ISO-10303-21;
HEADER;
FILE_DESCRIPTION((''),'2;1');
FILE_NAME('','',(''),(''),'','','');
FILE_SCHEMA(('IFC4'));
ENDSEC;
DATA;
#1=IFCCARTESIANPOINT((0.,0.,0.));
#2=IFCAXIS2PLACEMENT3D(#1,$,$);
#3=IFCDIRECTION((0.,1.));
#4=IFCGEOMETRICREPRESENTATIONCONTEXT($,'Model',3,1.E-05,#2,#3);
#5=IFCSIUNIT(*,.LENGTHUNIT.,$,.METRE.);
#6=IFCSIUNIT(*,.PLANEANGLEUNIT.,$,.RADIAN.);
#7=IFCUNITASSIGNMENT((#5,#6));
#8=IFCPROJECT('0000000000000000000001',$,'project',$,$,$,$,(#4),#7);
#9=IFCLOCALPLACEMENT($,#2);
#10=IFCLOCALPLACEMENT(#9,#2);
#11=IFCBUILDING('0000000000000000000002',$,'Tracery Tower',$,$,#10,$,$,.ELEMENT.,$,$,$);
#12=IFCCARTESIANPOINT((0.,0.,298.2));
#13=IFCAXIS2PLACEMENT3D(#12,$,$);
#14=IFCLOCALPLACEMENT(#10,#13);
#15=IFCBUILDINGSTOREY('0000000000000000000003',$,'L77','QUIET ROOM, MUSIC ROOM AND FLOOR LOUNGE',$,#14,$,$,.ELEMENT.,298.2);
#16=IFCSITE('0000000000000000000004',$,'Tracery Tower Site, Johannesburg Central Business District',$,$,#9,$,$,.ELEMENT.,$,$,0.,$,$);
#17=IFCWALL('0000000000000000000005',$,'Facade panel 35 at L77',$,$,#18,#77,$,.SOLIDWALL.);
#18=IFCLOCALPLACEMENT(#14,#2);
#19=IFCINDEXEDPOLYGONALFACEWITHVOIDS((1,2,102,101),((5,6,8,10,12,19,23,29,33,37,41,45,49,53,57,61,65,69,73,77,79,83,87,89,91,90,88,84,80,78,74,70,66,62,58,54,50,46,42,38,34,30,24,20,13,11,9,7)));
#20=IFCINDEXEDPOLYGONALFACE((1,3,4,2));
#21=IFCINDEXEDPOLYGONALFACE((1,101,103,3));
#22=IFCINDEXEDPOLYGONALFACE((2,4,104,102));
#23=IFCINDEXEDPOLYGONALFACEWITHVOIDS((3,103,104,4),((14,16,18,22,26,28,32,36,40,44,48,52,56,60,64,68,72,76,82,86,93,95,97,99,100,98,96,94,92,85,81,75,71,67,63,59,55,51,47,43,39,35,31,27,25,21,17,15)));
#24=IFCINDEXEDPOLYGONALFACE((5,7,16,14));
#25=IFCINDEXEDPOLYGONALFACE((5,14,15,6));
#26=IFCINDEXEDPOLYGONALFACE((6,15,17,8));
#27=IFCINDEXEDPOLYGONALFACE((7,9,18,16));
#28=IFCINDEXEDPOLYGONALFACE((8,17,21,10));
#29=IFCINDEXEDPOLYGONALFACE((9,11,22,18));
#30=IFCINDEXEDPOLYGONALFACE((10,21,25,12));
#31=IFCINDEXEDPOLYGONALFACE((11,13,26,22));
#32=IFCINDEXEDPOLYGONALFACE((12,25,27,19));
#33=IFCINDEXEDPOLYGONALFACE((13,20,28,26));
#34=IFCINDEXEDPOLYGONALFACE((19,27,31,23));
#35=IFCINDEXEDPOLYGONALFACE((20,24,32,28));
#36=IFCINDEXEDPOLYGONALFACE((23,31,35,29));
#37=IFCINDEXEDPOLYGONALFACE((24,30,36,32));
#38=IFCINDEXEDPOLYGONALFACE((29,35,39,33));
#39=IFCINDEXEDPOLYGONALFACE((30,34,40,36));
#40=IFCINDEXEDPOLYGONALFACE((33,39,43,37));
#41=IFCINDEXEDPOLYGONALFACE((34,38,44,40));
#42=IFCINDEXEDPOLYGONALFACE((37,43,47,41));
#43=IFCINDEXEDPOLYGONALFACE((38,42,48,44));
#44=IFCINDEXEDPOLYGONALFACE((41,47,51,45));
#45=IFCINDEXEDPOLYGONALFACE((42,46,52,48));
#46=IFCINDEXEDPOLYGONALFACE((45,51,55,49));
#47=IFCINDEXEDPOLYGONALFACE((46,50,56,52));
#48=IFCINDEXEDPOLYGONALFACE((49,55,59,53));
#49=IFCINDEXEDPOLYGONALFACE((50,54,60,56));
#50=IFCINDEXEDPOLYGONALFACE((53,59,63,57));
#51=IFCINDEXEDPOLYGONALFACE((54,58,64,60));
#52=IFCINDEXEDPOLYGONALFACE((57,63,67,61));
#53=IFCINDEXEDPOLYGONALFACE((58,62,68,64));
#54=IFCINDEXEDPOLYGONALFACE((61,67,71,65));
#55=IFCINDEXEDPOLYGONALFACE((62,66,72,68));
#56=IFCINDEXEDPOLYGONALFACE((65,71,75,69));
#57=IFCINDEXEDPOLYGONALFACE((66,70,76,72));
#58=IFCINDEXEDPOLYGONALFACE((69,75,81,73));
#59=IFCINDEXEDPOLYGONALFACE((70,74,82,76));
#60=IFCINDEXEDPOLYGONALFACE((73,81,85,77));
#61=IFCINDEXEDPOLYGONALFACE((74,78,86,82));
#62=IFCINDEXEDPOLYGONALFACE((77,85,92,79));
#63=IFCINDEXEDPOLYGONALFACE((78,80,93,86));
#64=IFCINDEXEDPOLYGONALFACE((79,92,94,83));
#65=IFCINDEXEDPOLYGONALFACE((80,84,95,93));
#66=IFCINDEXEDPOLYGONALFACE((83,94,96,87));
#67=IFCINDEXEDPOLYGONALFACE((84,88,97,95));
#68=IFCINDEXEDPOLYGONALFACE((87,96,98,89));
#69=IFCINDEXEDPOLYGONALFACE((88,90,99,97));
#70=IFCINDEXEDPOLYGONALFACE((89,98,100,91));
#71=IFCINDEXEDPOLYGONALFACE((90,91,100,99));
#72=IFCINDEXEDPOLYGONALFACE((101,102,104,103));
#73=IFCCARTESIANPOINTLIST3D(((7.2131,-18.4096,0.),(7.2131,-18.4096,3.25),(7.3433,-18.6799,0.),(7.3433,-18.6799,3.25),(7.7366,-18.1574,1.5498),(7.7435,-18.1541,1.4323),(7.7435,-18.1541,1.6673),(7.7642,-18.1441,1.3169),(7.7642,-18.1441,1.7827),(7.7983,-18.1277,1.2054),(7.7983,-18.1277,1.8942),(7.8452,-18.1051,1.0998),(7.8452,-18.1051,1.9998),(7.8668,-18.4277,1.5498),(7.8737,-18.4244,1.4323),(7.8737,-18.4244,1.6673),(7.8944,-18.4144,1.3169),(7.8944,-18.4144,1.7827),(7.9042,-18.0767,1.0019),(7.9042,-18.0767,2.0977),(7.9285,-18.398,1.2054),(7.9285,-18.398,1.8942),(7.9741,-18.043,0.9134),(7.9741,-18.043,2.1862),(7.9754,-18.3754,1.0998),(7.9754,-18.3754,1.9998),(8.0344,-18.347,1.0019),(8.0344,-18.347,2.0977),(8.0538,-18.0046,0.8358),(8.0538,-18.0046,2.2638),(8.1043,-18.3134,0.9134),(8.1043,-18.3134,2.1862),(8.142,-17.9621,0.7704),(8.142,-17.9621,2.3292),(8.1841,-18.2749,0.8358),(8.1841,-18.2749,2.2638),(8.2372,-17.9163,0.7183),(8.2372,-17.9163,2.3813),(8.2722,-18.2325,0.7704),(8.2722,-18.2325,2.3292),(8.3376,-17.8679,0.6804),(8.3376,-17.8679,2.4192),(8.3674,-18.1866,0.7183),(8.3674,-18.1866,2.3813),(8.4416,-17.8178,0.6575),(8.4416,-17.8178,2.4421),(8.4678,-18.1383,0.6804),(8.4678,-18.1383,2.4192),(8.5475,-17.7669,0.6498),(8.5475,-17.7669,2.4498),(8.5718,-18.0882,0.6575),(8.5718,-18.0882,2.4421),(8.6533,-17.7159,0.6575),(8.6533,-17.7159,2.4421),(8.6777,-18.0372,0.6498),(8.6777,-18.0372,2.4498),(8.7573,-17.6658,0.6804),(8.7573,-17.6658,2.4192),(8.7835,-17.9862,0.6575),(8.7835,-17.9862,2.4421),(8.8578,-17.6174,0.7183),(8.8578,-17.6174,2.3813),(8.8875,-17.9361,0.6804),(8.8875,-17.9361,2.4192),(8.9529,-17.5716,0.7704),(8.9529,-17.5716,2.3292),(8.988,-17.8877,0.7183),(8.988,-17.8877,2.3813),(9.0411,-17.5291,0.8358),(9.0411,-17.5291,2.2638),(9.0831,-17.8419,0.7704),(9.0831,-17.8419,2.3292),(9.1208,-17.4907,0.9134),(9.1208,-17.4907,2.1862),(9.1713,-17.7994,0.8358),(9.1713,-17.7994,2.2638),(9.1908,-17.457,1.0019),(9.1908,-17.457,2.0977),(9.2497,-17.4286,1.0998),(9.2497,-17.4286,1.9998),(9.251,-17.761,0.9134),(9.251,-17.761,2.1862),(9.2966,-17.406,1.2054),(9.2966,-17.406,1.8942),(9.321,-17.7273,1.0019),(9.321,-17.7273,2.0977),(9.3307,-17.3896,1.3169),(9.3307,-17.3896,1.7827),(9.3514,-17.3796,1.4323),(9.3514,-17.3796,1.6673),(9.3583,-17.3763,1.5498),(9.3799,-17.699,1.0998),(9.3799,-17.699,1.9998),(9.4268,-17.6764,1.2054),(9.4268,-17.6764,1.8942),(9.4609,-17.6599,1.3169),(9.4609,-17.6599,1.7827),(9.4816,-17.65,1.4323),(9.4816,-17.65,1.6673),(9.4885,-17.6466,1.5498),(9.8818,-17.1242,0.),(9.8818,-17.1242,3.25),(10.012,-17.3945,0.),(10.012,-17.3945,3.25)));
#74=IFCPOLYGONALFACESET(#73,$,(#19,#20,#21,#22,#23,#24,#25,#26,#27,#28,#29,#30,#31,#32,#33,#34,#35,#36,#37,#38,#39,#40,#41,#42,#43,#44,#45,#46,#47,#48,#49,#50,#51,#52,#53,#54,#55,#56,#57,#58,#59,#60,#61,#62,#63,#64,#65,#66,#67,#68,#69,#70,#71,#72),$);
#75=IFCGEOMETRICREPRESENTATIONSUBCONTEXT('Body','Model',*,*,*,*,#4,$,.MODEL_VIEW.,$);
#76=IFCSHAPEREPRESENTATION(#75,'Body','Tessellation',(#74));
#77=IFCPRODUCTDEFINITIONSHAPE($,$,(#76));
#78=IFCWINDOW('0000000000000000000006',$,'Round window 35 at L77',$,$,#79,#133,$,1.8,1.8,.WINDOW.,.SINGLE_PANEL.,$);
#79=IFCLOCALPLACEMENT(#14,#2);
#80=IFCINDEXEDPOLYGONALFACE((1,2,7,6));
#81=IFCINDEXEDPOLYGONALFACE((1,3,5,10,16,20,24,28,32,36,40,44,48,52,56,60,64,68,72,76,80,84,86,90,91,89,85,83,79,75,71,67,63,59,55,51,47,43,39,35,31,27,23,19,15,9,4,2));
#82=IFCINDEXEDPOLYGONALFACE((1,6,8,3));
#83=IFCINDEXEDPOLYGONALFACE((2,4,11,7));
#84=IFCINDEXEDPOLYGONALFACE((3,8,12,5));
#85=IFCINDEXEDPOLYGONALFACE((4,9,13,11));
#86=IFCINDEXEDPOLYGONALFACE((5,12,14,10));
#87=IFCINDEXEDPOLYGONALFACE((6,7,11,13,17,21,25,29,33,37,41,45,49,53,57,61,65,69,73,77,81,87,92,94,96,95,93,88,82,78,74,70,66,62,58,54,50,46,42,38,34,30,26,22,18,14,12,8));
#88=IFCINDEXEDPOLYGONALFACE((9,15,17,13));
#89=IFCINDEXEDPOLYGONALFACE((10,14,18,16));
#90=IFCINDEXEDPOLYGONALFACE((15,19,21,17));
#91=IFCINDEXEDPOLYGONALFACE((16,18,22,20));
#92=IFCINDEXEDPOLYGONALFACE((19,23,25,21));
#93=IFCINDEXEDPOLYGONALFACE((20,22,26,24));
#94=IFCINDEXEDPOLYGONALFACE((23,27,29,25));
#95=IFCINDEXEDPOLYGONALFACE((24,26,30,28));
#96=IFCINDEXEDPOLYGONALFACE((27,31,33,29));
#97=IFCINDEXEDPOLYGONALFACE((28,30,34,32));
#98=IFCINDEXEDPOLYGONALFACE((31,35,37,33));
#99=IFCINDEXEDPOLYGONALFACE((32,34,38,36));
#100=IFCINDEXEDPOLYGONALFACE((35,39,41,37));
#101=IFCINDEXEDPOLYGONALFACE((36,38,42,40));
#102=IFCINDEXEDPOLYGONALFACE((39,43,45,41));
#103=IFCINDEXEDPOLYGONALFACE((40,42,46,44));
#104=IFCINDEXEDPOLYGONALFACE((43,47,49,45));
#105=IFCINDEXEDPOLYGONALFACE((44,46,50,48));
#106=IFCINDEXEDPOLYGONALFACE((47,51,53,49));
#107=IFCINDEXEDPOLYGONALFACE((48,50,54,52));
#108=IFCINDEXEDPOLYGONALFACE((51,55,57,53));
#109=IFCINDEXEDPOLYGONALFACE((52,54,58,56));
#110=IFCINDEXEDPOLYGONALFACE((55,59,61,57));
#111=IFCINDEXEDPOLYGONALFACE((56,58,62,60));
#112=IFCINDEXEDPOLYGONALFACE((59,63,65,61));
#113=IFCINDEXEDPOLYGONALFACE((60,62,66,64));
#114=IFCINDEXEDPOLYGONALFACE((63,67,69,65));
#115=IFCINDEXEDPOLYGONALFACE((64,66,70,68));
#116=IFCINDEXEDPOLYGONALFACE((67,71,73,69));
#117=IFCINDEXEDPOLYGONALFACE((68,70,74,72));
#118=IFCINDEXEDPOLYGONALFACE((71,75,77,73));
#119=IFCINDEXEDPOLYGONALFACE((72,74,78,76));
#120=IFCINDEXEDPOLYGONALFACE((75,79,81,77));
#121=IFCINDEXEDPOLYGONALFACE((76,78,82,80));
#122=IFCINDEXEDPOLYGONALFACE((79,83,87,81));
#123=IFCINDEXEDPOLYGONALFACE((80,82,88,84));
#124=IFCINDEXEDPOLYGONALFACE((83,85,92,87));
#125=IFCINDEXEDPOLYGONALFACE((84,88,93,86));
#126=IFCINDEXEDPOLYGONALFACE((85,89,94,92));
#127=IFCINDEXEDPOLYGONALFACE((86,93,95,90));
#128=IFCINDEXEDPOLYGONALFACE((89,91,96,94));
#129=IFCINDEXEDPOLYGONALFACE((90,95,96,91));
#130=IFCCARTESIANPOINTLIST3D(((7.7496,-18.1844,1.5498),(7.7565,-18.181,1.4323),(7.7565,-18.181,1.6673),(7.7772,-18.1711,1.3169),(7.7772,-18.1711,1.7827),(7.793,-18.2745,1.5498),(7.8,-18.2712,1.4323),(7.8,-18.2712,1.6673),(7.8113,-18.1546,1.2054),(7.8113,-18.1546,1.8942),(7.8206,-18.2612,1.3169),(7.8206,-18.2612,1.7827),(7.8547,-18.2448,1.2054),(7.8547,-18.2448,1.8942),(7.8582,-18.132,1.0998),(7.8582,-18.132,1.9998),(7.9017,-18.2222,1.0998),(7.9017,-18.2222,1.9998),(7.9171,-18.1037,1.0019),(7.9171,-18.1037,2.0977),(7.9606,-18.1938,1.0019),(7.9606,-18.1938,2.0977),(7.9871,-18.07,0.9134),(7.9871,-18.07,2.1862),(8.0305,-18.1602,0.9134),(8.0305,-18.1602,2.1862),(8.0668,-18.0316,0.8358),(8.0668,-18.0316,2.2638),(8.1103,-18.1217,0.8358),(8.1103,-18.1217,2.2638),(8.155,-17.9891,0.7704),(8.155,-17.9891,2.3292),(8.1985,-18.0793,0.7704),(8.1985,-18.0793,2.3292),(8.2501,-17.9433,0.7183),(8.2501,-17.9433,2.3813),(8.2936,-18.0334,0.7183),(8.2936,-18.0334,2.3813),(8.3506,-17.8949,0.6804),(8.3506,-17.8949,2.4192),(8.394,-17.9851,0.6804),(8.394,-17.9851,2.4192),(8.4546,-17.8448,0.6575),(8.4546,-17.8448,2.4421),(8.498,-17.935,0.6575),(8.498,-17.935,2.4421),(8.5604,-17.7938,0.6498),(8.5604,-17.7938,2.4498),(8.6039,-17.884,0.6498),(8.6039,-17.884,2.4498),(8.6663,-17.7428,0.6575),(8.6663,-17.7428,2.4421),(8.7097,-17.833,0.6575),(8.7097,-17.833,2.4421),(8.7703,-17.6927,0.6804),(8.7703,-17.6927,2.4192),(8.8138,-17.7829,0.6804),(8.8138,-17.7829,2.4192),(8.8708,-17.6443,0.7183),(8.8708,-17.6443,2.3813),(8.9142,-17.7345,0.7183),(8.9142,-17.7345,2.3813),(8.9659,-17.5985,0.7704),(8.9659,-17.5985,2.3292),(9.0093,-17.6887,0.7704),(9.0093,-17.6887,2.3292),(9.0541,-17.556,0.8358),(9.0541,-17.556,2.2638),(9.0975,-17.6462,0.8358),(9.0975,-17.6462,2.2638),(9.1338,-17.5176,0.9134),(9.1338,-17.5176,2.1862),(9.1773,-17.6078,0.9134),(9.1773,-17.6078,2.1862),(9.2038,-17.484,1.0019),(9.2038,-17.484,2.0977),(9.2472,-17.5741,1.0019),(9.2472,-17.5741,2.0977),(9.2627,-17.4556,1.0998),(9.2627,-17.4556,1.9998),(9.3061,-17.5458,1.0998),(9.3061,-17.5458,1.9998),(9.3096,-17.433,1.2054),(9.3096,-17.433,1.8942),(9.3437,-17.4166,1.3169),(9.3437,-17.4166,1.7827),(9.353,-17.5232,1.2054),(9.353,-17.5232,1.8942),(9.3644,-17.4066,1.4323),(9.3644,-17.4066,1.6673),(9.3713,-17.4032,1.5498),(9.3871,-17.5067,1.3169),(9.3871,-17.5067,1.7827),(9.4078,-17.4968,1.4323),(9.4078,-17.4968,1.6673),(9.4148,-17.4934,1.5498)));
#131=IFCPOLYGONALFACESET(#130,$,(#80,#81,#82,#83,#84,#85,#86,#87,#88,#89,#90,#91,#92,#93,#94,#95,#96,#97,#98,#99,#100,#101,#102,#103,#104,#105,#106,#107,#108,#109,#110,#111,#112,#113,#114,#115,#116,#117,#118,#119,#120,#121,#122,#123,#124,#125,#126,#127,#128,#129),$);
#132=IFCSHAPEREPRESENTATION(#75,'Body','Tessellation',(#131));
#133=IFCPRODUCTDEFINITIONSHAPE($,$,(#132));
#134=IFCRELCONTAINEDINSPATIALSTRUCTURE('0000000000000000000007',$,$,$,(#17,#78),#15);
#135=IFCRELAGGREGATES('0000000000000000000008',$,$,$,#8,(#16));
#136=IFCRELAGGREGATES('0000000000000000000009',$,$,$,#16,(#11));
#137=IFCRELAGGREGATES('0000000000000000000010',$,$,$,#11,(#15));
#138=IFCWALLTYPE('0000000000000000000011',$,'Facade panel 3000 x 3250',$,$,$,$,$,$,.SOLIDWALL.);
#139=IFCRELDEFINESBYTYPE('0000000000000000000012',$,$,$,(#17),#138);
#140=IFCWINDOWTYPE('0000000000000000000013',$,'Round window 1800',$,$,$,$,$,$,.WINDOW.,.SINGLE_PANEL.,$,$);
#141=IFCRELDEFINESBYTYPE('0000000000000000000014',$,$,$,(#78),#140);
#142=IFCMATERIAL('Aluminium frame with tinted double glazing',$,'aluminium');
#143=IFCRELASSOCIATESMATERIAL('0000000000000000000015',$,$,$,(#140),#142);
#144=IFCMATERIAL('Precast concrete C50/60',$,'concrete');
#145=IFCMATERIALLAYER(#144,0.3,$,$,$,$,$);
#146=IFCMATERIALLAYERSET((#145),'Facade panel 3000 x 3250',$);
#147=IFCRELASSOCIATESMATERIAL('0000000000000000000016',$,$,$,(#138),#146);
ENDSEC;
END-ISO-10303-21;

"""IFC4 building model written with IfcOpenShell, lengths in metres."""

from ifc_helpers import new_model, si_unit, direction, frame, frame_2d, origin, origin_2d, place, context, subcontext, project, spatial, rectangle, circle, extrude, material, layer, layer_set, type_object, element, fill, save


model = new_model("IFC4")

# Units and contexts
model_context = context("Model", 3, precision=1e-05, world=origin(), true_north=direction((0.0, 1.0)))
body_context = subcontext(model_context, "Body", "Model", "MODEL_VIEW")
ifc_project = project(units=[si_unit("LENGTHUNIT", "METRE"), si_unit("PLANEANGLEUNIT", "RADIAN")], contexts=[model_context])

# Site, building, storey
site_placement = place(None, origin())
site = spatial("IfcSite", under=ifc_project, at=site_placement, Name="Tracery Tower Site, Johannesburg Central Business District", CompositionType="ELEMENT", RefElevation=0.0)
building_placement = place(site_placement, origin())
building = spatial("IfcBuilding", under=site, at=building_placement, Name="Tracery Tower", CompositionType="ELEMENT")
storey_placement = place(building_placement, frame((0.0, 0.0, 298.2)))
storey = spatial("IfcBuildingStorey", under=building, at=storey_placement, Name="L77", Description="QUIET ROOM, MUSIC ROOM AND FLOOR LOUNGE", CompositionType="ELEMENT", Elevation=298.2)

# Wall, opening, window
ifc_material_1 = material(Name="Aluminium frame with tinted double glazing", Category="aluminium")
window_type = type_object("IfcWindowType", Name="Round window 1800", PartitioningType="SINGLE_PANEL", PredefinedType="WINDOW", material=ifc_material_1)
ifc_material_2 = material(Name="Precast concrete C50/60", Category="concrete")
ifc_layer_1 = layer(ifc_material_2, 0.3)
ifc_layer_set_1 = layer_set([ifc_layer_1], Name="Facade panel 3000 x 3250")
wall_type_1 = type_object("IfcWallType", Name="Facade panel 3000 x 3250", PredefinedType="SOLIDWALL", material=ifc_layer_set_1)
wall_1_placement = place(storey_placement, frame((7.2783, -18.5447, 0.0), z_axis=(0.0, 0.0, 1.0), x_axis=(0.90094, 0.433944, 0.0)))
wall_1 = element("IfcWall", 1, at=wall_1_placement, inside=storey, type_object=wall_type_1, Name="Facade panel 35 at L77", PredefinedType="SOLIDWALL", context=body_context, shape_type="SweptSolid", body=[
    extrude(rectangle(XDim=2.9622, YDim=0.3, at=frame_2d((1.481, 0.0))), origin(), (0.0, 0.0, 1.0), 3.25),
])
opening_1_placement = place(wall_1_placement, frame((1.481, 0.0, 1.5498)))
opening_1 = element("IfcOpeningElement", 2, at=opening_1_placement, cuts=wall_1, PredefinedType="OPENING", context=body_context, shape_type="SweptSolid", body=[
    extrude(circle(Radius=0.9, at=origin_2d()), frame((0.0, 0.1599, 0.0), z_axis=(0.0, -1.0, 0.0), x_axis=(1.0, 0.0, 0.0)), (0.0, 0.0, 1.0), 0.3201),
])
window_1_placement = place(opening_1_placement, origin())
window_1 = element("IfcWindow", 3, at=window_1_placement, inside=storey, type_object=window_type, Name="Round window 35 at L77", OverallHeight=1.8, OverallWidth=1.8, PartitioningType="SINGLE_PANEL", PredefinedType="WINDOW", context=body_context, shape_type="SweptSolid", body=[
    extrude(circle(Radius=0.9, at=origin_2d()), frame((0.0, 0.1201, 0.0), z_axis=(0.0, -1.0, 0.0), x_axis=(1.0, 0.0, 0.0)), (0.0, 0.0, 1.0), 0.1001),
])
fill(opening_1, window_1)

save(model, "model.ifc")
